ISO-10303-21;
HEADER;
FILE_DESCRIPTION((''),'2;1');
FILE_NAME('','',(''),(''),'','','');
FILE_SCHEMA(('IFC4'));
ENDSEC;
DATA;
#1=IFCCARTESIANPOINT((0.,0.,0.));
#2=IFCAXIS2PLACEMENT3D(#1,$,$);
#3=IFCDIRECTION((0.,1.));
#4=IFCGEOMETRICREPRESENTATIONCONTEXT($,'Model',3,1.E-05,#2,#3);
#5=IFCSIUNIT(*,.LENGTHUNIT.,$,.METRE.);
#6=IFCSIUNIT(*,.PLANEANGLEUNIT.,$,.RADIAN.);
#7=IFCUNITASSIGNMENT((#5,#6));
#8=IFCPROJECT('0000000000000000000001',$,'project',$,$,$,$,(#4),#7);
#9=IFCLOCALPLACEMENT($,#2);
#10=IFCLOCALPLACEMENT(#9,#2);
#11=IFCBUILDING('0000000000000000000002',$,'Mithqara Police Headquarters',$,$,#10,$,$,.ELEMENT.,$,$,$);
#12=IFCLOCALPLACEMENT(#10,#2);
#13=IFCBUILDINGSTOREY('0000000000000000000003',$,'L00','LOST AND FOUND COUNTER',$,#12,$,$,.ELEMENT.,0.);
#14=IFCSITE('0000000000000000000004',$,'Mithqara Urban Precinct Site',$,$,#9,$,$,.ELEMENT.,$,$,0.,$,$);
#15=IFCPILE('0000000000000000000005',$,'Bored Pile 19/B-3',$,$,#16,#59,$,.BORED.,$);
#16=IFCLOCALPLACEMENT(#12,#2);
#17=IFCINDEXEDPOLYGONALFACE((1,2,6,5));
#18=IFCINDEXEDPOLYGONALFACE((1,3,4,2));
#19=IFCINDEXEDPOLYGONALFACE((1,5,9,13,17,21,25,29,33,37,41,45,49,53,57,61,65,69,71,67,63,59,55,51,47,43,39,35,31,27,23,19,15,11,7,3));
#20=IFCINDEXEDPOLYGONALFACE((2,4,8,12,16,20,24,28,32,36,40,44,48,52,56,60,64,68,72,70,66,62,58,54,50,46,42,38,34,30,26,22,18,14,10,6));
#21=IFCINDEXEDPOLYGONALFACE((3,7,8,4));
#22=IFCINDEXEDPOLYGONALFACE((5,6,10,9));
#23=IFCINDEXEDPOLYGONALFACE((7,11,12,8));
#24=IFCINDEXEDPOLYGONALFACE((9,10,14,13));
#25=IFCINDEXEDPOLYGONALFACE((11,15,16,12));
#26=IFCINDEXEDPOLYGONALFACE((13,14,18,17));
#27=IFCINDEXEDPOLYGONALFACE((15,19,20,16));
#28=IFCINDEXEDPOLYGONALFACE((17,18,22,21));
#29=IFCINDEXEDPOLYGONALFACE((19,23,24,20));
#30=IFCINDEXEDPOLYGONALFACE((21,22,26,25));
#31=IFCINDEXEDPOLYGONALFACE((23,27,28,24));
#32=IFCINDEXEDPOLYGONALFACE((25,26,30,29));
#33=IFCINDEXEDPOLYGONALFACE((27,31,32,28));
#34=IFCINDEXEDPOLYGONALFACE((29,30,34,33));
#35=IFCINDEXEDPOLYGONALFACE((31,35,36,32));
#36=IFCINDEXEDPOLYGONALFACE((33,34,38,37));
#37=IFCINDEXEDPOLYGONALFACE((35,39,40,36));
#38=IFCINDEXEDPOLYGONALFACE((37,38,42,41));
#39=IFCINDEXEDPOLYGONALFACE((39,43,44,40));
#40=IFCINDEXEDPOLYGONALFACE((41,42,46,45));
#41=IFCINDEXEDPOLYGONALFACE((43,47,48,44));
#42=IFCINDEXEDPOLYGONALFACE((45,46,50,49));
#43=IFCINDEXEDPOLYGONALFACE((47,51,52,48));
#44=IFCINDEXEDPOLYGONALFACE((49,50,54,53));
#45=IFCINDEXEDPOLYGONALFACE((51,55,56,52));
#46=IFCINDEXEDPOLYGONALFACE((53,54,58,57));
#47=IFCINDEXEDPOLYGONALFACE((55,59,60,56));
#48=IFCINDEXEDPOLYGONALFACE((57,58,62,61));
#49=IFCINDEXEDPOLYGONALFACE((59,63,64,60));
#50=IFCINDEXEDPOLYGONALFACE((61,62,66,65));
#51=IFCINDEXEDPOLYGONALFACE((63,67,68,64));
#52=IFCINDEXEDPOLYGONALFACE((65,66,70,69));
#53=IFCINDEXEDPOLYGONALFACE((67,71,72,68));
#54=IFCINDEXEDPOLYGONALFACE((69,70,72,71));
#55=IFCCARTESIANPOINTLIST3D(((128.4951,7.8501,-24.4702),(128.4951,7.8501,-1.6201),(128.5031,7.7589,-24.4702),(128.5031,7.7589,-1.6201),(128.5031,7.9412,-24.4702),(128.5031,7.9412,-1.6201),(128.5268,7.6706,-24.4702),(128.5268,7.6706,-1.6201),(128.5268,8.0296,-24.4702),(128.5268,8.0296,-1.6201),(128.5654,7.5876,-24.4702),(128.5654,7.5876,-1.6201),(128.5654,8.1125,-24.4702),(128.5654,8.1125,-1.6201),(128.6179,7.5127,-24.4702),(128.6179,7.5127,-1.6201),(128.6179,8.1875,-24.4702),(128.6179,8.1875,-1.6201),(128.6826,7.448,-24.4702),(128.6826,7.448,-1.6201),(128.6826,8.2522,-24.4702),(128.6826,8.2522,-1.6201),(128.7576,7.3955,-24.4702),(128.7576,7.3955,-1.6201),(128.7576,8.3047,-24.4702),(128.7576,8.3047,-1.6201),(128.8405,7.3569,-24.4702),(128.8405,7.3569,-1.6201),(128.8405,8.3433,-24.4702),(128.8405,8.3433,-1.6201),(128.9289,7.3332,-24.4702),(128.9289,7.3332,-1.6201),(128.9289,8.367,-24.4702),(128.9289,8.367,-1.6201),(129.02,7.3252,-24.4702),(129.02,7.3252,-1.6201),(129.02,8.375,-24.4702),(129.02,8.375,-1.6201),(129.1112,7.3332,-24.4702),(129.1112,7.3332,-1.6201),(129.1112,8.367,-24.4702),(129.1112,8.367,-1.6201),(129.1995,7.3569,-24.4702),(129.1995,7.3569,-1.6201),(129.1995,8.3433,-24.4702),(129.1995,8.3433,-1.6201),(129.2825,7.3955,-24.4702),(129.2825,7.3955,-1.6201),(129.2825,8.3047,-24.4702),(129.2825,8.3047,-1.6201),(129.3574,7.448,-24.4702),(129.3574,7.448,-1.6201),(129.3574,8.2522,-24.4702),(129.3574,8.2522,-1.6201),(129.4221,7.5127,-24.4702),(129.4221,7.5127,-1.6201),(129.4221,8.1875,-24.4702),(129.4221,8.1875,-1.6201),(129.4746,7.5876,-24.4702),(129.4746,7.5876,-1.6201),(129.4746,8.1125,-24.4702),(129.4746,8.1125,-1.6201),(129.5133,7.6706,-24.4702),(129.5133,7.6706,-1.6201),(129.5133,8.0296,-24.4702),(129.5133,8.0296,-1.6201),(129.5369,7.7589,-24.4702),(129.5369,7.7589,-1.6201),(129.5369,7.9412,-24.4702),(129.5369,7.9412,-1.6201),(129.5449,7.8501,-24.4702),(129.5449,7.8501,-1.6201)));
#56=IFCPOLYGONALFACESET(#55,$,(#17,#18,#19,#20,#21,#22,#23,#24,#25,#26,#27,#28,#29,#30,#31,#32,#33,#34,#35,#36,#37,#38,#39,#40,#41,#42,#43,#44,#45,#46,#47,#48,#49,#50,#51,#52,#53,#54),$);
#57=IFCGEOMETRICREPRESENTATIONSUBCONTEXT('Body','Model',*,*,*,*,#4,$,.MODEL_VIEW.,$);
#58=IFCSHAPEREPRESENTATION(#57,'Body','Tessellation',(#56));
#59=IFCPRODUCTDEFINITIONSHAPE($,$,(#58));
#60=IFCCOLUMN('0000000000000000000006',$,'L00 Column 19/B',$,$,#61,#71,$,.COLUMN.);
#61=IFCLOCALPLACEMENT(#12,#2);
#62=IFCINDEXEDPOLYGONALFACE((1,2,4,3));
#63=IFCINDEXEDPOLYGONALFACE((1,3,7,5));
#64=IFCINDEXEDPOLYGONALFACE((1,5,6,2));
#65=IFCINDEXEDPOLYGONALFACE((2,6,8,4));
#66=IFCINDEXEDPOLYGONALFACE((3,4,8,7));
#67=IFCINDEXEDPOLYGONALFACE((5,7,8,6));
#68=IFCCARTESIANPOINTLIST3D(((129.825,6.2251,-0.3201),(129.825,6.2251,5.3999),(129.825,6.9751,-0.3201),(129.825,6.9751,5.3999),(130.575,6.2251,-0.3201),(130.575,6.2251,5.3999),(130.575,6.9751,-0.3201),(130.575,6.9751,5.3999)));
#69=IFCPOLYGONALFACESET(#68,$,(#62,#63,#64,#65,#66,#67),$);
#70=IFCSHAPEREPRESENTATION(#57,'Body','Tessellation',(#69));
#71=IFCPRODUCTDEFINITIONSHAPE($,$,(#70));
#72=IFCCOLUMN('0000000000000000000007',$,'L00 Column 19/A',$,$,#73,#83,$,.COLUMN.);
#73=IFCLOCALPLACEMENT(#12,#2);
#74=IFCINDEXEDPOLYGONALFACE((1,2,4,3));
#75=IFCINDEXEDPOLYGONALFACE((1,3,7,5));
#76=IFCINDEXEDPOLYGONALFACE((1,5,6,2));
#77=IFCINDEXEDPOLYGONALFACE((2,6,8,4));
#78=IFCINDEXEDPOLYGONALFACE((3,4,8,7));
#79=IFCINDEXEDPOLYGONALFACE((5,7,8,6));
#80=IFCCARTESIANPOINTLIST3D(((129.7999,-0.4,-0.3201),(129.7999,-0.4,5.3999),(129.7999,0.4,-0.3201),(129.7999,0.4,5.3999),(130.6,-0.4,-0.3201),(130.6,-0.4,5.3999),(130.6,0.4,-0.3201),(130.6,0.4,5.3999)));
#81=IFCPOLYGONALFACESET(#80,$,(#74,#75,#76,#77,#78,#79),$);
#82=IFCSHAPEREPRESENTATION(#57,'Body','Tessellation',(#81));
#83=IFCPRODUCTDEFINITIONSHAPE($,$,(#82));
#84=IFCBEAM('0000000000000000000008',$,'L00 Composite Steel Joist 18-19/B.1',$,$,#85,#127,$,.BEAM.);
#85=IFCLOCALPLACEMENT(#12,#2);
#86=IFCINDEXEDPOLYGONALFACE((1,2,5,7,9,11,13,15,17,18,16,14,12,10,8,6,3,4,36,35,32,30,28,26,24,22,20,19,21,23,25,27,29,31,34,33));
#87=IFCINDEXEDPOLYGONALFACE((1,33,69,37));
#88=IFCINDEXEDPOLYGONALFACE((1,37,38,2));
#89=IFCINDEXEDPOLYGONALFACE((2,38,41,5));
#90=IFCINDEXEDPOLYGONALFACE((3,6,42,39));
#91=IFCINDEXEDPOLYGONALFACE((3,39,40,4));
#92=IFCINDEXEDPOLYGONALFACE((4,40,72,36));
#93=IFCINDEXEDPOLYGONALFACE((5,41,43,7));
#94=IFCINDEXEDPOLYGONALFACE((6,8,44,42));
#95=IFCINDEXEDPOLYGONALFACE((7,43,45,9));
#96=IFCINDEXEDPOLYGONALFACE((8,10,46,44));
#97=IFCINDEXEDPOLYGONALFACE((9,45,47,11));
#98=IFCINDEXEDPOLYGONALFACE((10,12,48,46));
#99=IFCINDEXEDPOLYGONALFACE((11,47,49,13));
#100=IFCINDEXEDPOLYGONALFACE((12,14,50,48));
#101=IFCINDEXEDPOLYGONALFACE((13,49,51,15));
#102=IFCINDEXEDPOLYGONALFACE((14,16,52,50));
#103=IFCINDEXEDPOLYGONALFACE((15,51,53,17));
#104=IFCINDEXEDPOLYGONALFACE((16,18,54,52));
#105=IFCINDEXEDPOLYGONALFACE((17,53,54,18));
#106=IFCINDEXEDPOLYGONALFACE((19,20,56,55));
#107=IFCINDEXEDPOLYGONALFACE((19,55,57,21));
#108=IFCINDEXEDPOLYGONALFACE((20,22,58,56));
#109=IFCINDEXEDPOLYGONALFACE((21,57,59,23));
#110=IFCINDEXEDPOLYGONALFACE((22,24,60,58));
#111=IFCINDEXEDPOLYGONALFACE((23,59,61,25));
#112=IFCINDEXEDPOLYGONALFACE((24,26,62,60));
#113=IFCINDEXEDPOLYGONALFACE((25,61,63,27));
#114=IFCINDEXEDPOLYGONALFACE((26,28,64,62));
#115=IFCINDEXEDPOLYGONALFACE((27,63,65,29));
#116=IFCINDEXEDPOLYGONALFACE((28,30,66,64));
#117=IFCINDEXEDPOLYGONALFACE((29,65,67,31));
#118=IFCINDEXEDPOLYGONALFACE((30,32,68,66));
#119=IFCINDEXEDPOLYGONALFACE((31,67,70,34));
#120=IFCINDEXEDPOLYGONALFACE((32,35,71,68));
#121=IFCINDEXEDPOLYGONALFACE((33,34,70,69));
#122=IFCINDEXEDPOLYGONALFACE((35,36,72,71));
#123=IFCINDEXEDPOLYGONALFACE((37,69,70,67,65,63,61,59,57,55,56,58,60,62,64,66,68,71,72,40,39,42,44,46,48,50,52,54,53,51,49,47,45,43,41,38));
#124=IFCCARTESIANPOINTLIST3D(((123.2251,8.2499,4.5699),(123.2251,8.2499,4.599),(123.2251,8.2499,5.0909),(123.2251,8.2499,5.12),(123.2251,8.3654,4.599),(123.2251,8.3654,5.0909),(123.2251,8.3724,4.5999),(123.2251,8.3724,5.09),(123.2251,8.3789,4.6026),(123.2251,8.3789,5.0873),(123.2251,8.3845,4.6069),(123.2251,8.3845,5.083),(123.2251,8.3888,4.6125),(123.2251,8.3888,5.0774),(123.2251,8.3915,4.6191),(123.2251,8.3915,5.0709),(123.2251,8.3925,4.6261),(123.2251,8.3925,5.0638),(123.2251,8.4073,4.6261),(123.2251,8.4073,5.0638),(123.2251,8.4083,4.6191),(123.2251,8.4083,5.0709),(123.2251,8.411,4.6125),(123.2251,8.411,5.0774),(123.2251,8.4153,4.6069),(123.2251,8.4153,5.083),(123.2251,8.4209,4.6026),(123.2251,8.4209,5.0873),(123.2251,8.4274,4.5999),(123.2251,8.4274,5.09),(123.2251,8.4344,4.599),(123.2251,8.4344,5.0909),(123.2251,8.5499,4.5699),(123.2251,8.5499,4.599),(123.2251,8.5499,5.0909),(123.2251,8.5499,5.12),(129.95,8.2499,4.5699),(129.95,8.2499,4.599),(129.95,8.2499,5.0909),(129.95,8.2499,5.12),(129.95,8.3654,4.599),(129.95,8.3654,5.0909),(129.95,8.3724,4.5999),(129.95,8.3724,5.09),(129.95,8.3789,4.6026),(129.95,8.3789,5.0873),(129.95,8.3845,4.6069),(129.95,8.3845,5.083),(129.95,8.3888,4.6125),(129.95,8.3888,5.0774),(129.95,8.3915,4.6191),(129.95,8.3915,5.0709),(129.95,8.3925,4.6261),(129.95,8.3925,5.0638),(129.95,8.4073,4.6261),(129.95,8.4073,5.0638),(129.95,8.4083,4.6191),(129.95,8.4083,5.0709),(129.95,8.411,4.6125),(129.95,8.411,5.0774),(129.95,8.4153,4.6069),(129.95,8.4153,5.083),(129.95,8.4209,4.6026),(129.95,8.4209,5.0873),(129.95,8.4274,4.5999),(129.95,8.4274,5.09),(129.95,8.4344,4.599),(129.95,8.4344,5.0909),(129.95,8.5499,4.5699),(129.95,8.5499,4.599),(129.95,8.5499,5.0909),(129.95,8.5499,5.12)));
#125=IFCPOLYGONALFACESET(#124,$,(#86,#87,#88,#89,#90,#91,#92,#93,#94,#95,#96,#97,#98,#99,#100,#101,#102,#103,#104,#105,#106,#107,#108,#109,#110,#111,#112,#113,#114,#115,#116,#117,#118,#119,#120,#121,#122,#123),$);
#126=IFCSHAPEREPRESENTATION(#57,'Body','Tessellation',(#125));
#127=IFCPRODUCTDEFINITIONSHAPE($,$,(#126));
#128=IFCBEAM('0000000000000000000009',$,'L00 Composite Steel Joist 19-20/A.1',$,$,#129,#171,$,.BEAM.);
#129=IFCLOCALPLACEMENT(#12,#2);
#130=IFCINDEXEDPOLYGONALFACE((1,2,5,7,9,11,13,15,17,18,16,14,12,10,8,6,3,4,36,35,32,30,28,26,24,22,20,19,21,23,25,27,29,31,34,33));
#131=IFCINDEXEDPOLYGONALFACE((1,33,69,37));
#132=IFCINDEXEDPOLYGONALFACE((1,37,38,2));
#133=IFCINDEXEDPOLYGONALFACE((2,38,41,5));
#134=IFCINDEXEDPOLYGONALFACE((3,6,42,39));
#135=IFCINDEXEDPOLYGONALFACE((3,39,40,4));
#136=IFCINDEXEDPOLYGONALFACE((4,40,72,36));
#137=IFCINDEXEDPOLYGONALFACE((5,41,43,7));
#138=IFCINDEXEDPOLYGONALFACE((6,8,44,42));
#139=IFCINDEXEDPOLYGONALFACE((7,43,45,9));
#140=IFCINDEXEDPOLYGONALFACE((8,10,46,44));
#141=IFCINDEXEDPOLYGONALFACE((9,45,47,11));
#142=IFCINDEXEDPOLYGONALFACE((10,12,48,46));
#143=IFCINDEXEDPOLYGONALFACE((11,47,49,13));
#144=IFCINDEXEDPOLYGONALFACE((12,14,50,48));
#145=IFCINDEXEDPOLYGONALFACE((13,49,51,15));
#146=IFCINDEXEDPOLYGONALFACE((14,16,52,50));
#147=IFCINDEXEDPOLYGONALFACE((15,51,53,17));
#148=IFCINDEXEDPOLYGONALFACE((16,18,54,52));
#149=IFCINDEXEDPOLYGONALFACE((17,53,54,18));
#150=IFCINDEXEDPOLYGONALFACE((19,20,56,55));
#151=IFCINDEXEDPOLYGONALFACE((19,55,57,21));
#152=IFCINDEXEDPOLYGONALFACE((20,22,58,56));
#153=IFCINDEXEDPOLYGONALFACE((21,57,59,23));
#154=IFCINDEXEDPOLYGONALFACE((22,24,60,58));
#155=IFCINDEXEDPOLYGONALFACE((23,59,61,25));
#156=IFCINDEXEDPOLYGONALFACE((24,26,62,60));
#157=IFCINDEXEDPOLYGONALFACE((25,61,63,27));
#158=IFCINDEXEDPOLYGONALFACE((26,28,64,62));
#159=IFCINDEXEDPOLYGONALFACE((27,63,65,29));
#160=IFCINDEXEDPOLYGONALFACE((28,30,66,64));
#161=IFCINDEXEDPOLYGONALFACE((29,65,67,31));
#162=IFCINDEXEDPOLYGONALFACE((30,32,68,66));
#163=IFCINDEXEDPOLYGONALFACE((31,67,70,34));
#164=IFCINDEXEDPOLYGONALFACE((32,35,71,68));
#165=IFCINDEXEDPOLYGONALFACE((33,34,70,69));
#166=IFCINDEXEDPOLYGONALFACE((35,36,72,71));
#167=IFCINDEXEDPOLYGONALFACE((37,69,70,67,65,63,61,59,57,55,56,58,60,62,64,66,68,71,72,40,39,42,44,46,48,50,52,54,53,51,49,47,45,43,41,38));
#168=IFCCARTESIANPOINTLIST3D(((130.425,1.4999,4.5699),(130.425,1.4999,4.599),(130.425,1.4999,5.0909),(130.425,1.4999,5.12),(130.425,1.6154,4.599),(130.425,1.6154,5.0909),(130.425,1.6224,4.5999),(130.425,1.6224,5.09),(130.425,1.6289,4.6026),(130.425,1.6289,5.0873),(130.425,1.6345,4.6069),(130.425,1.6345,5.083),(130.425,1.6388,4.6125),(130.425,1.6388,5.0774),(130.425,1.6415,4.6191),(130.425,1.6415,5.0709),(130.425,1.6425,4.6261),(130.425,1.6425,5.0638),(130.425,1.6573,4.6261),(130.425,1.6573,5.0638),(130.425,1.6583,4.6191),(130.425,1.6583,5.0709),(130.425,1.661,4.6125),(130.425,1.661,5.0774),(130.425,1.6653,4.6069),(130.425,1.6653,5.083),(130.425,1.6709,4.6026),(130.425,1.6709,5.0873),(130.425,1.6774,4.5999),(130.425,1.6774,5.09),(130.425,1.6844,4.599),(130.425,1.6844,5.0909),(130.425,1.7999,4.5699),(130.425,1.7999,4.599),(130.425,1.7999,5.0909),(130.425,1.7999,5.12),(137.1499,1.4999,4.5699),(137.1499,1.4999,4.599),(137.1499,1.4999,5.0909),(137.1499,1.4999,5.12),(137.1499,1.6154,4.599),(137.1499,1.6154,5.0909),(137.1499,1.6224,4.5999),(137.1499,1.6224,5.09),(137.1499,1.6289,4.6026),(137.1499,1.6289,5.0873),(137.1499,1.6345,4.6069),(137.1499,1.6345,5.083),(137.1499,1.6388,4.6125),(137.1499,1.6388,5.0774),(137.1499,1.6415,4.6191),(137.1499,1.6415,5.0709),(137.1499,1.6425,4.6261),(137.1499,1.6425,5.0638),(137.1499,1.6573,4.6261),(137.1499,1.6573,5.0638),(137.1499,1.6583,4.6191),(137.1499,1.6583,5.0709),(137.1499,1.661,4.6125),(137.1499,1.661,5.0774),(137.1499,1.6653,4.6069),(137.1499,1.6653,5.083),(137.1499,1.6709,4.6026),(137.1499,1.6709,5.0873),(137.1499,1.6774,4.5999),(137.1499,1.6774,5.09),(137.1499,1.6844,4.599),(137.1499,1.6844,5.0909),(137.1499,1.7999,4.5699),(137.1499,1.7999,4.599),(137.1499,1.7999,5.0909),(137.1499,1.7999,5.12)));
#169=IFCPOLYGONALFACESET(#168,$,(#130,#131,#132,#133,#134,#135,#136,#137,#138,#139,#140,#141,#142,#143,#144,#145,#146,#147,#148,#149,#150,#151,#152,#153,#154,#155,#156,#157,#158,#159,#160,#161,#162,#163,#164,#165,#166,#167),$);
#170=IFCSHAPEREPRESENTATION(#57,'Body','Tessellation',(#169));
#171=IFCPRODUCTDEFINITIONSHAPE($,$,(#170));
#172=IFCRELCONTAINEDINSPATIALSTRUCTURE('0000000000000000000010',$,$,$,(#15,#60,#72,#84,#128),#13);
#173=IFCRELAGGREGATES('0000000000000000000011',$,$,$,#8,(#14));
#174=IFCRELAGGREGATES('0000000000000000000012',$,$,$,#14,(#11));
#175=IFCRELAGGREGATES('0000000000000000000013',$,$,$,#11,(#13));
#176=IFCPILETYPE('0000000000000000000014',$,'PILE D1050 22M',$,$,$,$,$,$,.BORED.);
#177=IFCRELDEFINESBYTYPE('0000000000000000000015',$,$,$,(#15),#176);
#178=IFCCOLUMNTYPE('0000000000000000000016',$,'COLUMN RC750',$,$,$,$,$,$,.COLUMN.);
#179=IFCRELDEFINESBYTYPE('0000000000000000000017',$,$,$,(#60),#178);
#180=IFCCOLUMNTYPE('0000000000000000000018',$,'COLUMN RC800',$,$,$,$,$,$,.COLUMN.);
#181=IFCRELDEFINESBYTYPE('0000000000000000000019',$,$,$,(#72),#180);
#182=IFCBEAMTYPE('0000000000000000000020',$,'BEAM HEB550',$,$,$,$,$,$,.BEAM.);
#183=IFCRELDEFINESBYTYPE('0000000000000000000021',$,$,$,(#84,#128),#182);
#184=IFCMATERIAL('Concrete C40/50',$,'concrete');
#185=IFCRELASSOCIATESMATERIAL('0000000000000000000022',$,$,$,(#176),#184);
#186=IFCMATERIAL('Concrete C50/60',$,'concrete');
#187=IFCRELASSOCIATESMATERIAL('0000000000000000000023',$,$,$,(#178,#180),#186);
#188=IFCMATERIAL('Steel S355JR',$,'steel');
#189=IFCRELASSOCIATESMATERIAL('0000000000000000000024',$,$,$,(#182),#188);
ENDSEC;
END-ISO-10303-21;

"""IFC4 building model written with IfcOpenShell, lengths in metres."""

from ifc_helpers import new_model, si_unit, direction, frame, origin, origin_2d, place, context, subcontext, project, spatial, rectangle, circle, i_section, extrude, material, material_profile, profile_set, type_object, element, save


model = new_model("IFC4")

# Units and contexts
model_context = context("Model", 3, precision=1e-05, world=origin(), true_north=direction((0.0, 1.0)))
body_context = subcontext(model_context, "Body", "Model", "MODEL_VIEW")
ifc_project = project(units=[si_unit("LENGTHUNIT", "METRE"), si_unit("PLANEANGLEUNIT", "RADIAN")], contexts=[model_context])

# Site, building, storey
site_placement = place(None, origin())
site = spatial("IfcSite", under=ifc_project, at=site_placement, Name="Mithqara Urban Precinct Site", CompositionType="ELEMENT", RefElevation=0.0)
building_placement = place(site_placement, origin())
building = spatial("IfcBuilding", under=site, at=building_placement, Name="Mithqara Police Headquarters", CompositionType="ELEMENT")
storey_placement = place(building_placement, origin())
storey = spatial("IfcBuildingStorey", under=building, at=storey_placement, Name="L00", Description="LOST AND FOUND COUNTER", CompositionType="ELEMENT", Elevation=0.0)

# Shared definitions
ifc_material_1 = material(Name="Concrete C40/50", Category="concrete")

# Pile
ifc_material_profile_1 = material_profile(ifc_material_1, circle(Radius=0.5249, at=origin_2d()), Name="PILE D1050")
ifc_profile_set_1 = profile_set([ifc_material_profile_1], Name="Concrete C40/50")
pile_type = type_object("IfcPileType", Name="PILE D1050 22M", PredefinedType="BORED", material=ifc_profile_set_1)
for number, where, z_axis, x_axis, name in (
    (1, (129.02, 7.8501, -1.6201), (0.0, 0.0, -1.0), (1.0, 0.0, 0.0), "Bored Pile 19/B-3"),
):
    element("IfcPile", number, at=place(storey_placement, frame(where, z_axis=z_axis, x_axis=x_axis)), inside=storey, type_object=pile_type, Name=name, PredefinedType="BORED", context=body_context, shape_type="SweptSolid", body=[
        extrude(circle(Radius=0.5249, at=origin_2d()), origin(), (0.0, 0.0, 1.0), 22.8501),
    ])

# Columns
ifc_material_2 = material(Name="Concrete C50/60", Category="concrete")
ifc_material_profile_2 = material_profile(ifc_material_2, rectangle(XDim=0.75, YDim=0.75, at=origin_2d()), Name="RC 750x750")
ifc_profile_set_2 = profile_set([ifc_material_profile_2], Name="Concrete C50/60")
column_type_1 = type_object("IfcColumnType", Name="COLUMN RC750", PredefinedType="COLUMN", material=ifc_profile_set_2)
column_1_placement = place(storey_placement, frame((130.2, 6.6001, -0.3201), z_axis=(0.0, 0.0, 1.0), x_axis=(1.0, 0.0, 0.0)))
element("IfcColumn", 2, at=column_1_placement, inside=storey, type_object=column_type_1, Name="L00 Column 19/B", PredefinedType="COLUMN", context=body_context, shape_type="SweptSolid", body=[
    extrude(rectangle(XDim=0.75, YDim=0.75, at=origin_2d()), origin(), (0.0, 0.0, 1.0), 5.72),
])
ifc_material_profile_3 = material_profile(ifc_material_2, rectangle(XDim=0.8, YDim=0.8, at=origin_2d()), Name="RC 800x800")
ifc_profile_set_3 = profile_set([ifc_material_profile_3], Name="Concrete C50/60")
column_type_2 = type_object("IfcColumnType", Name="COLUMN RC800", PredefinedType="COLUMN", material=ifc_profile_set_3)
column_2_placement = place(storey_placement, frame((130.2, 0.0, -0.3201), z_axis=(0.0, 0.0, 1.0), x_axis=(1.0, 0.0, 0.0)))
element("IfcColumn", 3, at=column_2_placement, inside=storey, type_object=column_type_2, Name="L00 Column 19/A", PredefinedType="COLUMN", context=body_context, shape_type="SweptSolid", body=[
    extrude(rectangle(XDim=0.8, YDim=0.8, at=origin_2d()), origin(), (0.0, 0.0, 1.0), 5.72),
])

# Beams
ifc_material_3 = material(Name="Steel S355JR", Category="steel")
ifc_material_profile_4 = material_profile(ifc_material_3, i_section(OverallWidth=0.3, OverallDepth=0.55, WebThickness=0.0149, FlangeThickness=0.0291, FilletRadius=0.0271, at=origin_2d()), Name="HEB 550")
ifc_profile_set_4 = profile_set([ifc_material_profile_4], Name="Steel S355JR")
beam_type_1 = type_object("IfcBeamType", Name="BEAM HEB550", PredefinedType="BEAM", material=ifc_profile_set_4)
for number, where, z_axis, x_axis, name in (
    (4, (123.2251, 8.3999, 4.845), (1.0, 0.0, 0.0), (0.0, 1.0, 0.0), "L00 Composite Steel Joist 18-19/B.1"),
    (5, (130.425, 1.6499, 4.845), (1.0, 0.0, 0.0), (0.0, 1.0, 0.0), "L00 Composite Steel Joist 19-20/A.1"),
):
    element("IfcBeam", number, at=place(storey_placement, frame(where, z_axis=z_axis, x_axis=x_axis)), inside=storey, type_object=beam_type_1, Name=name, PredefinedType="BEAM", context=body_context, shape_type="SweptSolid", body=[
        extrude(i_section(OverallWidth=0.3, OverallDepth=0.55, WebThickness=0.0149, FlangeThickness=0.0291, FilletRadius=0.0271, at=origin_2d()), origin(), (0.0, 0.0, 1.0), 6.7249),
    ])

save(model, "model.ifc")
